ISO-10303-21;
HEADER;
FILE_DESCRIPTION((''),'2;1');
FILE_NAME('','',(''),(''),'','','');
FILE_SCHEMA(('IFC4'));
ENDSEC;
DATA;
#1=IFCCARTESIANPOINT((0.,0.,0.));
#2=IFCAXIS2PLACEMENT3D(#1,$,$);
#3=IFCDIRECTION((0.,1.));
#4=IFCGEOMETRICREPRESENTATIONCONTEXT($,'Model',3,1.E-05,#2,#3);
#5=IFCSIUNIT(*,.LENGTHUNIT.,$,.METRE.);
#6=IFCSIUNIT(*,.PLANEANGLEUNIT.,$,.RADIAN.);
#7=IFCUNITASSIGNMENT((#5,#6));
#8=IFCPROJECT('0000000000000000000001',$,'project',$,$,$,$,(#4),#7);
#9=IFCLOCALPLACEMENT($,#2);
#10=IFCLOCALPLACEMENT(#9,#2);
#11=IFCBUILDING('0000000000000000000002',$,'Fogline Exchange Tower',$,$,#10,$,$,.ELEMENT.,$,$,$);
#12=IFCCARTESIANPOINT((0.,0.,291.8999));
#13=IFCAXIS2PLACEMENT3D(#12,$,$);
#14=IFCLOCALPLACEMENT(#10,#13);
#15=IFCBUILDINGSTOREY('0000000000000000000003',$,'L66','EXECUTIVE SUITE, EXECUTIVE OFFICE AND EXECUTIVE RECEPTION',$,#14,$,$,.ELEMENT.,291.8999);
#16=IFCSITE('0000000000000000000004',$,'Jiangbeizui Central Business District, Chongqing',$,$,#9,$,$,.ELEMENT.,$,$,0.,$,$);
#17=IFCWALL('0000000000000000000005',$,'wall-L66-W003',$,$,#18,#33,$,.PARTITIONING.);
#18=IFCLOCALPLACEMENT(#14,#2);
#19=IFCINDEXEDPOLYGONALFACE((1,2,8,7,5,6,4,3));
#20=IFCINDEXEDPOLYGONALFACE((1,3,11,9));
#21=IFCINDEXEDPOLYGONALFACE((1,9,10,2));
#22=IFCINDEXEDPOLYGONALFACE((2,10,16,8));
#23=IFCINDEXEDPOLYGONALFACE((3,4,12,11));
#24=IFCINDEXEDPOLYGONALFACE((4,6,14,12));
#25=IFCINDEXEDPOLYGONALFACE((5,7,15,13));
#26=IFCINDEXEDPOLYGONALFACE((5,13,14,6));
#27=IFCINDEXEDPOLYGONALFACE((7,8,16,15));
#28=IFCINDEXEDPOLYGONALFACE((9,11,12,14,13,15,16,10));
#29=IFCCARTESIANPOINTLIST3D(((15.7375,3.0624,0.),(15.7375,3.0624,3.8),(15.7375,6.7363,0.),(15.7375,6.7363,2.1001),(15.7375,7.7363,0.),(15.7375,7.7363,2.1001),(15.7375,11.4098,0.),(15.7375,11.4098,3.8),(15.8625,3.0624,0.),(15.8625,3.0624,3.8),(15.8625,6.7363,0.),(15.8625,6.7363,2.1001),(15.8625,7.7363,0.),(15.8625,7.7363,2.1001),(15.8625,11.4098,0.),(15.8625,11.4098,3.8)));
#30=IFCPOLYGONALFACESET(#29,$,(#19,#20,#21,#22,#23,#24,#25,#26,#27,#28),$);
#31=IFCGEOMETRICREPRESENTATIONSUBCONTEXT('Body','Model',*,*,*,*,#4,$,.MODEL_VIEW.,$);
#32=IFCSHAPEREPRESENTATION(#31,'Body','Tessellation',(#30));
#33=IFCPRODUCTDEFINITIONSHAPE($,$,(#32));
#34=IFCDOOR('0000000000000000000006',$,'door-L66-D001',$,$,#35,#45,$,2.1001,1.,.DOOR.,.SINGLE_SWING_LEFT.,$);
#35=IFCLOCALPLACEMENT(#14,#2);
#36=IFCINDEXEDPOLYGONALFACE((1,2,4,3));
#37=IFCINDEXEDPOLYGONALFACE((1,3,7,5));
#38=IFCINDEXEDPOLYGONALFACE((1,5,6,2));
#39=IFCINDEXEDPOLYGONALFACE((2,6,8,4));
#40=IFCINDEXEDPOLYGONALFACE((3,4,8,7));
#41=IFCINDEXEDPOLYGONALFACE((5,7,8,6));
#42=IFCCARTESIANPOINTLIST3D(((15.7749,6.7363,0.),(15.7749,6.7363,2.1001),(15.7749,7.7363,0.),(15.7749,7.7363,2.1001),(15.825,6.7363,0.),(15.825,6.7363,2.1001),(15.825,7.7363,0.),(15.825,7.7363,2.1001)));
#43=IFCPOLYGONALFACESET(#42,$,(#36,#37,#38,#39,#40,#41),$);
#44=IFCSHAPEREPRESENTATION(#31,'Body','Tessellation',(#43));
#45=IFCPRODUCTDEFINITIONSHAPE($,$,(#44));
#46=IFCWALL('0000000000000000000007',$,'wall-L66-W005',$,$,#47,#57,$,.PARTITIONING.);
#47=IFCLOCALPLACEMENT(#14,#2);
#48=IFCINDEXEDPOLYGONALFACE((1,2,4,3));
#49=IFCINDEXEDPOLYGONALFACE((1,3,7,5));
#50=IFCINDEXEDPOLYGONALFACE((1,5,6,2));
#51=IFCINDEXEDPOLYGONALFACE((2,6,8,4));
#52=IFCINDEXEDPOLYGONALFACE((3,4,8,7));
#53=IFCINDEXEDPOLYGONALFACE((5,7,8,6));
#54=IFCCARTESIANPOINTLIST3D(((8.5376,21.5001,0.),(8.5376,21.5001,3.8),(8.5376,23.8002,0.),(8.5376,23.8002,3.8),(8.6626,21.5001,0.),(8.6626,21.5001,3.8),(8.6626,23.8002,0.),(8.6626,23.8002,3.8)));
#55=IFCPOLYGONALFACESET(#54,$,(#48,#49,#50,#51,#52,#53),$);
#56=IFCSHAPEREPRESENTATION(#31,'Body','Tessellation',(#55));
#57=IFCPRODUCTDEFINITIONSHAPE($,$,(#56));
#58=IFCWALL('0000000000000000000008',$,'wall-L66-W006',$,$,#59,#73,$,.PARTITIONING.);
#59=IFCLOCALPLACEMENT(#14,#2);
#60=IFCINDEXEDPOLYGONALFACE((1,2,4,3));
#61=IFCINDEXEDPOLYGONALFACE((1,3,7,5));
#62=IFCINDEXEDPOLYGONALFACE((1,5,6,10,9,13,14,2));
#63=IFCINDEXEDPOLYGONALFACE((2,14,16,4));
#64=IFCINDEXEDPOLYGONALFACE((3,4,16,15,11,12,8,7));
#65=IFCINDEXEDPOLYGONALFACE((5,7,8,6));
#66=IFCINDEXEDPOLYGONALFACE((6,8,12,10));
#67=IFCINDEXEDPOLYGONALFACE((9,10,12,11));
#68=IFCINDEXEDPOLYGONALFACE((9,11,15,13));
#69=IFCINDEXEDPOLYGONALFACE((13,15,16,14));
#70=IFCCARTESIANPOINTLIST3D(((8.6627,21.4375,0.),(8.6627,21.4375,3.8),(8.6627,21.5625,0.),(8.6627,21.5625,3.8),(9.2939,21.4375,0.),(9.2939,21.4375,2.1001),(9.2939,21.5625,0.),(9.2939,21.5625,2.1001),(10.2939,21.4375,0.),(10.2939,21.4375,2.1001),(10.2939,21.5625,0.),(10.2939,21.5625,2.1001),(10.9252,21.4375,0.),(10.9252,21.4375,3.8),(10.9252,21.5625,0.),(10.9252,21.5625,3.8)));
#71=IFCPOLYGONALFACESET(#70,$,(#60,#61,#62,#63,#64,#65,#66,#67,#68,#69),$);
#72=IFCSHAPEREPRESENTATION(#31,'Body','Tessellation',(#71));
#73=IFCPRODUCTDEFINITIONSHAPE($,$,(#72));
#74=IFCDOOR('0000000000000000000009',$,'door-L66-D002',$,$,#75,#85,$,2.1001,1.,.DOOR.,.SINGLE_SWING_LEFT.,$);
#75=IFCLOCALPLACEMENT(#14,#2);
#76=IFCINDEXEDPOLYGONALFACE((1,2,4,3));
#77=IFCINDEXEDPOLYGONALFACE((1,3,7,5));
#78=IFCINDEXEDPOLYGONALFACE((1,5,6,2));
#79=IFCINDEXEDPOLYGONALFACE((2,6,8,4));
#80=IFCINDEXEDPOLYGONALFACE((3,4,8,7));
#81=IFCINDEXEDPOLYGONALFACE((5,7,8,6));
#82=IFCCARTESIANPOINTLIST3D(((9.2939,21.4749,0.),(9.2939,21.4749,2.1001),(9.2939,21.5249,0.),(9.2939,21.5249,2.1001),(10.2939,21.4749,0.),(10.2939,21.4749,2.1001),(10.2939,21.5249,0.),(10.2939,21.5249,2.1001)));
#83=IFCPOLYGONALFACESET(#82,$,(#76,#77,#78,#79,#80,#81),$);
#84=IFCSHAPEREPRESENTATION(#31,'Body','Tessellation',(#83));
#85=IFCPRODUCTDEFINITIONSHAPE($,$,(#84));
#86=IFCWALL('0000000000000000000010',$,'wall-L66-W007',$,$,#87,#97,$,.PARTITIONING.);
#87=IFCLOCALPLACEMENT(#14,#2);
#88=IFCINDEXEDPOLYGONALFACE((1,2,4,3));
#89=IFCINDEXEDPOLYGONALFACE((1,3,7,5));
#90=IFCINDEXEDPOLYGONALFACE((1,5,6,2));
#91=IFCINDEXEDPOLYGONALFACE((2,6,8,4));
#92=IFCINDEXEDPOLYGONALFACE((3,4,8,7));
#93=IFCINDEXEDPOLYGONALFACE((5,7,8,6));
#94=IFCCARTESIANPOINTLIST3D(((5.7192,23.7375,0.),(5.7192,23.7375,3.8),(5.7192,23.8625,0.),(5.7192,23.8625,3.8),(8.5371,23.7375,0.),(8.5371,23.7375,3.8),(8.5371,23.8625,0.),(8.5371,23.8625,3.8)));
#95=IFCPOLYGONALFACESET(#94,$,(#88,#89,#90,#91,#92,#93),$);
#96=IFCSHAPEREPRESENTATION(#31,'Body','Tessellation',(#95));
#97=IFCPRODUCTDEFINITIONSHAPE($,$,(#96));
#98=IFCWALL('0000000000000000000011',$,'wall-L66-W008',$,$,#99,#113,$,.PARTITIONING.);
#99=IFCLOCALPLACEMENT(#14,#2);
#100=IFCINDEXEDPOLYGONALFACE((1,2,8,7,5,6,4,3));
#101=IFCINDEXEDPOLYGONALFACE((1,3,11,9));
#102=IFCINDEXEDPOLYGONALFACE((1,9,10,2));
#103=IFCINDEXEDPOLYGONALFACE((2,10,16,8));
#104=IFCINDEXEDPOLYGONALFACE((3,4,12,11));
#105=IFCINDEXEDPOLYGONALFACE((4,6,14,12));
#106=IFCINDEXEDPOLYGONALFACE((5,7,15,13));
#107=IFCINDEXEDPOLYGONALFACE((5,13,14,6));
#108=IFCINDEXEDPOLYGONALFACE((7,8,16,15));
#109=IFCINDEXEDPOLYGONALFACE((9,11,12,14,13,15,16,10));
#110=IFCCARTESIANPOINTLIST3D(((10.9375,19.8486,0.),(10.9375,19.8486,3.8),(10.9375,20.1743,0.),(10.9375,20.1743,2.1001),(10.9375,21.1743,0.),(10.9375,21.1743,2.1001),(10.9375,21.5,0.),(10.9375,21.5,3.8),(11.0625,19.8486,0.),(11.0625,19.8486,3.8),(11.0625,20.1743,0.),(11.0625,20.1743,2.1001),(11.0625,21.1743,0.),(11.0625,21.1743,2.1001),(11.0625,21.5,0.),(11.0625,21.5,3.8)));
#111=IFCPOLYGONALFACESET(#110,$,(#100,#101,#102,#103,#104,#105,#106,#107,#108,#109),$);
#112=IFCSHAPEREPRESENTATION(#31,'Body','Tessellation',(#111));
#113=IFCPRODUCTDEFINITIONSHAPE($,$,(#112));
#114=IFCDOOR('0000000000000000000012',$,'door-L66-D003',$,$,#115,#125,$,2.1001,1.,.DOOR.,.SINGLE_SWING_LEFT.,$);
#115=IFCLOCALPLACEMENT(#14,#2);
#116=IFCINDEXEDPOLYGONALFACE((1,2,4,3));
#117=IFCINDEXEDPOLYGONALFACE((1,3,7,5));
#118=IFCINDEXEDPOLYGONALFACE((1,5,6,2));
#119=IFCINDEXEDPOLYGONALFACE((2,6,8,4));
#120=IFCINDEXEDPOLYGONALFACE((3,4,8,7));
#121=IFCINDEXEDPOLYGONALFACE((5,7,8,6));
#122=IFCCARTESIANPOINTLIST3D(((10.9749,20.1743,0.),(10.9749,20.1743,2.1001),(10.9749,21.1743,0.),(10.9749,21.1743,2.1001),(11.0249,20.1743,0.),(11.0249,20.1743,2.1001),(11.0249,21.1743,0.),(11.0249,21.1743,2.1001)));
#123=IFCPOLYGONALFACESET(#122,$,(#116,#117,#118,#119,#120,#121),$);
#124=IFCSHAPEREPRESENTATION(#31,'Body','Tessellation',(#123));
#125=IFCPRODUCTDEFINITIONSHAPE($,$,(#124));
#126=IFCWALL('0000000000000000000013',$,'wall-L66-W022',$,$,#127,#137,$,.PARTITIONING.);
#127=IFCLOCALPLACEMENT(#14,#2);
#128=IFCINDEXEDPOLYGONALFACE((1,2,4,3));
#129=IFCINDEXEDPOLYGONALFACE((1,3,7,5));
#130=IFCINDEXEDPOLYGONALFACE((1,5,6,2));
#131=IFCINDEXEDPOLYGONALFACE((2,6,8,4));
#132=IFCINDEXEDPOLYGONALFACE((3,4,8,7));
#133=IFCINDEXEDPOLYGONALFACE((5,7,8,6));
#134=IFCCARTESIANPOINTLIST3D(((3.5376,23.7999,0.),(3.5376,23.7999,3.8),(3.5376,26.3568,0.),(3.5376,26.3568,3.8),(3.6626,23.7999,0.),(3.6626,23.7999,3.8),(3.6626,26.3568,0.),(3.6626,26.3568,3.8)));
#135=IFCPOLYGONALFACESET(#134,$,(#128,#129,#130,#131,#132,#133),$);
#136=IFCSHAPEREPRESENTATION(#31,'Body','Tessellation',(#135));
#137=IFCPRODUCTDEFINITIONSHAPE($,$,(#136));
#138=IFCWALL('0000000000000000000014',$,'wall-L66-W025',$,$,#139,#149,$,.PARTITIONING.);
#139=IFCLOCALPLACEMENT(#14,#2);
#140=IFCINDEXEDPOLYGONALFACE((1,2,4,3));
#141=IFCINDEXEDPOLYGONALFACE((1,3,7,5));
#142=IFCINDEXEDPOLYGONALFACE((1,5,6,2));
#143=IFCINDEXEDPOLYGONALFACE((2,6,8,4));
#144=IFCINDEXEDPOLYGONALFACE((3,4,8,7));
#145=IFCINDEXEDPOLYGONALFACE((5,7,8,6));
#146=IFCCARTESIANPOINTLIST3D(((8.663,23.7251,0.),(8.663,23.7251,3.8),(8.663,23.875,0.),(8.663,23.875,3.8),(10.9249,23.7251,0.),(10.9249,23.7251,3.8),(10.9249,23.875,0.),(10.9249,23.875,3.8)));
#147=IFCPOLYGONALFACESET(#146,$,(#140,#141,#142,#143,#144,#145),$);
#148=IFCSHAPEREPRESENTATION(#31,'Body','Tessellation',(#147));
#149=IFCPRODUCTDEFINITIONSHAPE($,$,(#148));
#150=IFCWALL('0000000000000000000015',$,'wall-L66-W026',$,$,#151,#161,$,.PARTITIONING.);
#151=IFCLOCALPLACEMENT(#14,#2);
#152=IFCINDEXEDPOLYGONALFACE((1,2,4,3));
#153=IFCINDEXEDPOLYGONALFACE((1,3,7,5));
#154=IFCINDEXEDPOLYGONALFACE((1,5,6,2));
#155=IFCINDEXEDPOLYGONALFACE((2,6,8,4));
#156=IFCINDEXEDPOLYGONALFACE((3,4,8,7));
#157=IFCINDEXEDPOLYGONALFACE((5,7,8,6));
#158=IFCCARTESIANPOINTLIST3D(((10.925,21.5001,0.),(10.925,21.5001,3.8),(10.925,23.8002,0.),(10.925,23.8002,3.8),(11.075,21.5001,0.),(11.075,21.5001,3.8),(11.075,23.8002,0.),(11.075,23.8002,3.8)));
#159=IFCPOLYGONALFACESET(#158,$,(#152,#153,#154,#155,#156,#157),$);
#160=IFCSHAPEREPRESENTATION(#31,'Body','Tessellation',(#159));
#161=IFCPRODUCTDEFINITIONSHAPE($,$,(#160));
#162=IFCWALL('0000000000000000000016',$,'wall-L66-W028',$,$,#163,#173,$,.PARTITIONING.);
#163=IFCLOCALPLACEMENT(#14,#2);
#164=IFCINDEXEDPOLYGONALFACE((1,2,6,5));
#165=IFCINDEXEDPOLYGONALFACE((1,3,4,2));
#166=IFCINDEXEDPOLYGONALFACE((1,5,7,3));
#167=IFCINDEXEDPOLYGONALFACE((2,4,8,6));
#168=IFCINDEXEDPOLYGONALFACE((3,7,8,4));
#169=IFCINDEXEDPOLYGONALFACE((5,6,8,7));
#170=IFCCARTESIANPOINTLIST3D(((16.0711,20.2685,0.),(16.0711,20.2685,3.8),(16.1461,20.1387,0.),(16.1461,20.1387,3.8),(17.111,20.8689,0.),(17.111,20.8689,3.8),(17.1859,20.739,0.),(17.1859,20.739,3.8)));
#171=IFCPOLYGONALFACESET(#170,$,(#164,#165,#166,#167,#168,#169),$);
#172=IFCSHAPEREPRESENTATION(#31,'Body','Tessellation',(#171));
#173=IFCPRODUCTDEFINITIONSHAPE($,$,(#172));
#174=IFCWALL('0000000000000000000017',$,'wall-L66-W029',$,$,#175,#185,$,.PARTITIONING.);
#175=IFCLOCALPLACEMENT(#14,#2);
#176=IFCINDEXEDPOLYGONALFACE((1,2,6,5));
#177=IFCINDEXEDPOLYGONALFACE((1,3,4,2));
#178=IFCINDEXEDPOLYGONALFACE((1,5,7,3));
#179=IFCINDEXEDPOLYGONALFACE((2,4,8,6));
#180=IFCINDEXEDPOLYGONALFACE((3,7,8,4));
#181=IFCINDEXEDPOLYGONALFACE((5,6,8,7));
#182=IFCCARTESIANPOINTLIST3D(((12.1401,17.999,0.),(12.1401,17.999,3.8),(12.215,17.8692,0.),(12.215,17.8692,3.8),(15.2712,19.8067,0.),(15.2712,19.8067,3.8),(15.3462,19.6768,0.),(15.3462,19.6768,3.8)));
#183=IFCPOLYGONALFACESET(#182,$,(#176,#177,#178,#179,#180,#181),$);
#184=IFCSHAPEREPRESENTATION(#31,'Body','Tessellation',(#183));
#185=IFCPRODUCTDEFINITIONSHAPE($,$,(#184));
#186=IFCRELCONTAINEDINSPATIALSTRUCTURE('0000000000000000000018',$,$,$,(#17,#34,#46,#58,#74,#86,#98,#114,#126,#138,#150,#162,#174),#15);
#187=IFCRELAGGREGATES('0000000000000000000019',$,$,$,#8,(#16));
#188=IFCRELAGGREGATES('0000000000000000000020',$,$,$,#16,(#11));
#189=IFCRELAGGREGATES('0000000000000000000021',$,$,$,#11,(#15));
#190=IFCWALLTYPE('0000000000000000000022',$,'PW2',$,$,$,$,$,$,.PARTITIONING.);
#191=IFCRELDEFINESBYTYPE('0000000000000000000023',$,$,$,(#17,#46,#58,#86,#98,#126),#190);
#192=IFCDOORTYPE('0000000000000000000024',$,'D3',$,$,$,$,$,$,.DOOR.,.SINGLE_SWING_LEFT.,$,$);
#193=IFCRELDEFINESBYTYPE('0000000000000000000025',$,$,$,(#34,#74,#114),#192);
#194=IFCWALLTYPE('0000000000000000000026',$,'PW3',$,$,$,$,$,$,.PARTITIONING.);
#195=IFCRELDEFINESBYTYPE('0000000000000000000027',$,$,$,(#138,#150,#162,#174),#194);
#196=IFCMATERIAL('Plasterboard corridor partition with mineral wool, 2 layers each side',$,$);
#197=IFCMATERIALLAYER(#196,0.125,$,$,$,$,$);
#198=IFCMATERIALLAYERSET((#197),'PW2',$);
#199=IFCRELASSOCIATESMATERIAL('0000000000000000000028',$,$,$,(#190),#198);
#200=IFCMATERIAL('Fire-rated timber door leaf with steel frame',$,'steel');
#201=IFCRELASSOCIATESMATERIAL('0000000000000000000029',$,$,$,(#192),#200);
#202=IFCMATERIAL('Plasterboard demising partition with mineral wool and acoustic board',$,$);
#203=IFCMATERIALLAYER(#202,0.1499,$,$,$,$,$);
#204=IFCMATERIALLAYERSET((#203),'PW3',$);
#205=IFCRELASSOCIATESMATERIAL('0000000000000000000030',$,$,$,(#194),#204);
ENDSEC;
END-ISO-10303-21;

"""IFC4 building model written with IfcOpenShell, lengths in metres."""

from ifc_helpers import new_model, si_unit, direction, frame, frame_2d, origin, place, context, subcontext, project, spatial, rectangle, extrude, material, layer, layer_set, type_object, element, fill, save


model = new_model("IFC4")

# Units and contexts
model_context = context("Model", 3, precision=1e-05, world=origin(), true_north=direction((0.0, 1.0)))
body_context = subcontext(model_context, "Body", "Model", "MODEL_VIEW")
ifc_project = project(units=[si_unit("LENGTHUNIT", "METRE"), si_unit("PLANEANGLEUNIT", "RADIAN")], contexts=[model_context])

# Site, building, storey
site_placement = place(None, origin())
site = spatial("IfcSite", under=ifc_project, at=site_placement, Name="Jiangbeizui Central Business District, Chongqing", CompositionType="ELEMENT", RefElevation=0.0)
building_placement = place(site_placement, origin())
building = spatial("IfcBuilding", under=site, at=building_placement, Name="Fogline Exchange Tower", CompositionType="ELEMENT")
storey_placement = place(building_placement, frame((0.0, 0.0, 291.8999)))
storey = spatial("IfcBuildingStorey", under=building, at=storey_placement, Name="L66", Description="EXECUTIVE SUITE, EXECUTIVE OFFICE AND EXECUTIVE RECEPTION", CompositionType="ELEMENT", Elevation=291.8999)

# Shared definitions
ifc_material_1 = material(Name="Plasterboard corridor partition with mineral wool, 2 layers each side")
ifc_layer_1 = layer(ifc_material_1, 0.125)
ifc_layer_set_1 = layer_set([ifc_layer_1], Name="PW2")
wall_type_1 = type_object("IfcWallType", Name="PW2", PredefinedType="PARTITIONING", material=ifc_layer_set_1)

# Wall, opening, door
wall_1_placement = place(storey_placement, frame((15.8, 11.4099, 0.0), z_axis=(0.0, 0.0, 1.0), x_axis=(0.0, -1.0, 0.0)))
wall_1 = element("IfcWall", 1, at=wall_1_placement, inside=storey, type_object=wall_type_1, Name="wall-L66-W003", PredefinedType="PARTITIONING", context=body_context, shape_type="SweptSolid", body=[
    extrude(rectangle(XDim=8.3474, YDim=0.125, at=frame_2d((4.1738, 0.0))), origin(), (0.0, 0.0, 1.0), 3.8),
])
opening_1_placement = place(wall_1_placement, frame((3.6736, 0.0, 0.0)))
opening_1 = element("IfcOpeningElement", 2, at=opening_1_placement, cuts=wall_1, PredefinedType="OPENING", context=body_context, shape_type="SweptSolid", body=[
    extrude(rectangle(XDim=1.0, YDim=2.1001, at=frame_2d((0.5, 1.05))), frame((0.0, 0.0725, 0.0), z_axis=(0.0, -1.0, 0.0), x_axis=(1.0, 0.0, 0.0)), (0.0, 0.0, 1.0), 0.145),
])
ifc_material_2 = material(Name="Fire-rated timber door leaf with steel frame", Category="steel")
door_type_1 = type_object("IfcDoorType", Name="D3", OperationType="SINGLE_SWING_LEFT", PredefinedType="DOOR", material=ifc_material_2)
door_1_placement = place(opening_1_placement, origin())
door_1 = element("IfcDoor", 3, at=door_1_placement, inside=storey, type_object=door_type_1, Name="door-L66-D001", OperationType="SINGLE_SWING_LEFT", OverallHeight=2.1001, OverallWidth=1.0, PredefinedType="DOOR", context=body_context, shape_type="SweptSolid", body=[
    extrude(rectangle(XDim=1.0, YDim=2.1001, at=frame_2d((0.5, 1.05))), frame((0.0, 0.0249, 0.0), z_axis=(0.0, -1.0, 0.0), x_axis=(1.0, 0.0, 0.0)), (0.0, 0.0, 1.0), 0.05),
])
fill(opening_1, door_1)

# Wall
wall_2_placement = place(storey_placement, frame((8.6001, 23.8, 0.0), z_axis=(0.0, 0.0, 1.0), x_axis=(0.0, -1.0, 0.0)))
element("IfcWall", 4, at=wall_2_placement, inside=storey, type_object=wall_type_1, Name="wall-L66-W005", PredefinedType="PARTITIONING", context=body_context, shape_type="SweptSolid", body=[
    extrude(rectangle(XDim=2.3, YDim=0.125, at=frame_2d((1.1499, 0.0))), origin(), (0.0, 0.0, 1.0), 3.8),
])

# Wall, opening, door
wall_3_placement = place(storey_placement, frame((8.6626, 21.5, 0.0), z_axis=(0.0, 0.0, 1.0), x_axis=(1.0, 0.0, 0.0)))
wall_3 = element("IfcWall", 5, at=wall_3_placement, inside=storey, type_object=wall_type_1, Name="wall-L66-W006", PredefinedType="PARTITIONING", context=body_context, shape_type="SweptSolid", body=[
    extrude(rectangle(XDim=2.2625, YDim=0.125, at=frame_2d((1.1313, 0.0))), origin(), (0.0, 0.0, 1.0), 3.8),
])
opening_2_placement = place(wall_3_placement, frame((0.6313, 0.0, 0.0)))
opening_2 = element("IfcOpeningElement", 6, at=opening_2_placement, cuts=wall_3, PredefinedType="OPENING", context=body_context, shape_type="SweptSolid", body=[
    extrude(rectangle(XDim=1.0, YDim=2.1001, at=frame_2d((0.5, 1.05))), frame((0.0, 0.0725, 0.0), z_axis=(0.0, -1.0, 0.0), x_axis=(1.0, 0.0, 0.0)), (0.0, 0.0, 1.0), 0.145),
])
door_2_placement = place(opening_2_placement, origin())
door_2 = element("IfcDoor", 7, at=door_2_placement, inside=storey, type_object=door_type_1, Name="door-L66-D002", OperationType="SINGLE_SWING_LEFT", OverallHeight=2.1001, OverallWidth=1.0, PredefinedType="DOOR", context=body_context, shape_type="SweptSolid", body=[
    extrude(rectangle(XDim=1.0, YDim=2.1001, at=frame_2d((0.5, 1.05))), frame((0.0, 0.0249, 0.0), z_axis=(0.0, -1.0, 0.0), x_axis=(1.0, 0.0, 0.0)), (0.0, 0.0, 1.0), 0.05),
])
fill(opening_2, door_2)

# Wall
wall_4_placement = place(storey_placement, frame((5.7192, 23.8, 0.0), z_axis=(0.0, 0.0, 1.0), x_axis=(1.0, 0.0, 0.0)))
element("IfcWall", 8, at=wall_4_placement, inside=storey, type_object=wall_type_1, Name="wall-L66-W007", PredefinedType="PARTITIONING", context=body_context, shape_type="SweptSolid", body=[
    extrude(rectangle(XDim=2.8179, YDim=0.125, at=frame_2d((1.4089, 0.0))), origin(), (0.0, 0.0, 1.0), 3.8),
])

# Wall, opening, door
wall_5_placement = place(storey_placement, frame((11.0, 21.5, 0.0), z_axis=(0.0, 0.0, 1.0), x_axis=(0.0, -1.0, 0.0)))
wall_5 = element("IfcWall", 9, at=wall_5_placement, inside=storey, type_object=wall_type_1, Name="wall-L66-W008", PredefinedType="PARTITIONING", context=body_context, shape_type="SweptSolid", body=[
    extrude(rectangle(XDim=1.6514, YDim=0.125, at=frame_2d((0.8257, 0.0))), origin(), (0.0, 0.0, 1.0), 3.8),
])
opening_3_placement = place(wall_5_placement, frame((0.3257, 0.0, 0.0)))
opening_3 = element("IfcOpeningElement", 10, at=opening_3_placement, cuts=wall_5, PredefinedType="OPENING", context=body_context, shape_type="SweptSolid", body=[
    extrude(rectangle(XDim=1.0, YDim=2.1001, at=frame_2d((0.5, 1.05))), frame((0.0, 0.0725, 0.0), z_axis=(0.0, -1.0, 0.0), x_axis=(1.0, 0.0, 0.0)), (0.0, 0.0, 1.0), 0.145),
])
door_3_placement = place(opening_3_placement, origin())
door_3 = element("IfcDoor", 11, at=door_3_placement, inside=storey, type_object=door_type_1, Name="door-L66-D003", OperationType="SINGLE_SWING_LEFT", OverallHeight=2.1001, OverallWidth=1.0, PredefinedType="DOOR", context=body_context, shape_type="SweptSolid", body=[
    extrude(rectangle(XDim=1.0, YDim=2.1001, at=frame_2d((0.5, 1.05))), frame((0.0, 0.0249, 0.0), z_axis=(0.0, -1.0, 0.0), x_axis=(1.0, 0.0, 0.0)), (0.0, 0.0, 1.0), 0.05),
])
fill(opening_3, door_3)

# Walls
wall_6_placement = place(storey_placement, frame((3.6001, 23.8, 0.0), z_axis=(0.0, 0.0, 1.0), x_axis=(0.0, 1.0, 0.0)))
element("IfcWall", 12, at=wall_6_placement, inside=storey, type_object=wall_type_1, Name="wall-L66-W022", PredefinedType="PARTITIONING", context=body_context, shape_type="SweptSolid", body=[
    extrude(rectangle(XDim=2.5569, YDim=0.125, at=frame_2d((1.2783, 0.0))), origin(), (0.0, 0.0, 1.0), 3.8),
])
ifc_material_3 = material(Name="Plasterboard demising partition with mineral wool and acoustic board")
ifc_layer_2 = layer(ifc_material_3, 0.1499)
ifc_layer_set_2 = layer_set([ifc_layer_2], Name="PW3")
wall_type_2 = type_object("IfcWallType", Name="PW3", PredefinedType="PARTITIONING", material=ifc_layer_set_2)
wall_7_placement = place(storey_placement, frame((8.6631, 23.8, 0.0), z_axis=(0.0, 0.0, 1.0), x_axis=(1.0, 0.0, 0.0)))
element("IfcWall", 13, at=wall_7_placement, inside=storey, type_object=wall_type_2, Name="wall-L66-W025", PredefinedType="PARTITIONING", context=body_context, shape_type="SweptSolid", body=[
    extrude(rectangle(XDim=2.262, YDim=0.1499, at=frame_2d((1.1309, 0.0))), origin(), (0.0, 0.0, 1.0), 3.8),
])
wall_8_placement = place(storey_placement, frame((11.0, 23.8, 0.0), z_axis=(0.0, 0.0, 1.0), x_axis=(0.0, -1.0, 0.0)))
element("IfcWall", 14, at=wall_8_placement, inside=storey, type_object=wall_type_2, Name="wall-L66-W026", PredefinedType="PARTITIONING", context=body_context, shape_type="SweptSolid", body=[
    extrude(rectangle(XDim=2.3, YDim=0.1499, at=frame_2d((1.1499, 0.0))), origin(), (0.0, 0.0, 1.0), 3.8),
])
wall_9_placement = place(storey_placement, frame((17.1484, 20.804, 0.0), z_axis=(0.0, 0.0, 1.0), x_axis=(-0.86602, -0.50001, 0.0)))
element("IfcWall", 15, at=wall_9_placement, inside=storey, type_object=wall_type_2, Name="wall-L66-W028", PredefinedType="PARTITIONING", context=body_context, shape_type="SweptSolid", body=[
    extrude(rectangle(XDim=1.2007, YDim=0.1499, at=frame_2d((0.6003, 0.0))), origin(), (0.0, 0.0, 1.0), 3.8),
])
wall_10_placement = place(storey_placement, frame((15.3086, 19.7417, 0.0), z_axis=(0.0, 0.0, 1.0), x_axis=(-0.866041, -0.499974, 0.0)))
element("IfcWall", 16, at=wall_10_placement, inside=storey, type_object=wall_type_2, Name="wall-L66-W029", PredefinedType="PARTITIONING", context=body_context, shape_type="SweptSolid", body=[
    extrude(rectangle(XDim=3.6155, YDim=0.1499, at=frame_2d((1.8076, 0.0))), origin(), (0.0, 0.0, 1.0), 3.8),
])

save(model, "model.ifc")
